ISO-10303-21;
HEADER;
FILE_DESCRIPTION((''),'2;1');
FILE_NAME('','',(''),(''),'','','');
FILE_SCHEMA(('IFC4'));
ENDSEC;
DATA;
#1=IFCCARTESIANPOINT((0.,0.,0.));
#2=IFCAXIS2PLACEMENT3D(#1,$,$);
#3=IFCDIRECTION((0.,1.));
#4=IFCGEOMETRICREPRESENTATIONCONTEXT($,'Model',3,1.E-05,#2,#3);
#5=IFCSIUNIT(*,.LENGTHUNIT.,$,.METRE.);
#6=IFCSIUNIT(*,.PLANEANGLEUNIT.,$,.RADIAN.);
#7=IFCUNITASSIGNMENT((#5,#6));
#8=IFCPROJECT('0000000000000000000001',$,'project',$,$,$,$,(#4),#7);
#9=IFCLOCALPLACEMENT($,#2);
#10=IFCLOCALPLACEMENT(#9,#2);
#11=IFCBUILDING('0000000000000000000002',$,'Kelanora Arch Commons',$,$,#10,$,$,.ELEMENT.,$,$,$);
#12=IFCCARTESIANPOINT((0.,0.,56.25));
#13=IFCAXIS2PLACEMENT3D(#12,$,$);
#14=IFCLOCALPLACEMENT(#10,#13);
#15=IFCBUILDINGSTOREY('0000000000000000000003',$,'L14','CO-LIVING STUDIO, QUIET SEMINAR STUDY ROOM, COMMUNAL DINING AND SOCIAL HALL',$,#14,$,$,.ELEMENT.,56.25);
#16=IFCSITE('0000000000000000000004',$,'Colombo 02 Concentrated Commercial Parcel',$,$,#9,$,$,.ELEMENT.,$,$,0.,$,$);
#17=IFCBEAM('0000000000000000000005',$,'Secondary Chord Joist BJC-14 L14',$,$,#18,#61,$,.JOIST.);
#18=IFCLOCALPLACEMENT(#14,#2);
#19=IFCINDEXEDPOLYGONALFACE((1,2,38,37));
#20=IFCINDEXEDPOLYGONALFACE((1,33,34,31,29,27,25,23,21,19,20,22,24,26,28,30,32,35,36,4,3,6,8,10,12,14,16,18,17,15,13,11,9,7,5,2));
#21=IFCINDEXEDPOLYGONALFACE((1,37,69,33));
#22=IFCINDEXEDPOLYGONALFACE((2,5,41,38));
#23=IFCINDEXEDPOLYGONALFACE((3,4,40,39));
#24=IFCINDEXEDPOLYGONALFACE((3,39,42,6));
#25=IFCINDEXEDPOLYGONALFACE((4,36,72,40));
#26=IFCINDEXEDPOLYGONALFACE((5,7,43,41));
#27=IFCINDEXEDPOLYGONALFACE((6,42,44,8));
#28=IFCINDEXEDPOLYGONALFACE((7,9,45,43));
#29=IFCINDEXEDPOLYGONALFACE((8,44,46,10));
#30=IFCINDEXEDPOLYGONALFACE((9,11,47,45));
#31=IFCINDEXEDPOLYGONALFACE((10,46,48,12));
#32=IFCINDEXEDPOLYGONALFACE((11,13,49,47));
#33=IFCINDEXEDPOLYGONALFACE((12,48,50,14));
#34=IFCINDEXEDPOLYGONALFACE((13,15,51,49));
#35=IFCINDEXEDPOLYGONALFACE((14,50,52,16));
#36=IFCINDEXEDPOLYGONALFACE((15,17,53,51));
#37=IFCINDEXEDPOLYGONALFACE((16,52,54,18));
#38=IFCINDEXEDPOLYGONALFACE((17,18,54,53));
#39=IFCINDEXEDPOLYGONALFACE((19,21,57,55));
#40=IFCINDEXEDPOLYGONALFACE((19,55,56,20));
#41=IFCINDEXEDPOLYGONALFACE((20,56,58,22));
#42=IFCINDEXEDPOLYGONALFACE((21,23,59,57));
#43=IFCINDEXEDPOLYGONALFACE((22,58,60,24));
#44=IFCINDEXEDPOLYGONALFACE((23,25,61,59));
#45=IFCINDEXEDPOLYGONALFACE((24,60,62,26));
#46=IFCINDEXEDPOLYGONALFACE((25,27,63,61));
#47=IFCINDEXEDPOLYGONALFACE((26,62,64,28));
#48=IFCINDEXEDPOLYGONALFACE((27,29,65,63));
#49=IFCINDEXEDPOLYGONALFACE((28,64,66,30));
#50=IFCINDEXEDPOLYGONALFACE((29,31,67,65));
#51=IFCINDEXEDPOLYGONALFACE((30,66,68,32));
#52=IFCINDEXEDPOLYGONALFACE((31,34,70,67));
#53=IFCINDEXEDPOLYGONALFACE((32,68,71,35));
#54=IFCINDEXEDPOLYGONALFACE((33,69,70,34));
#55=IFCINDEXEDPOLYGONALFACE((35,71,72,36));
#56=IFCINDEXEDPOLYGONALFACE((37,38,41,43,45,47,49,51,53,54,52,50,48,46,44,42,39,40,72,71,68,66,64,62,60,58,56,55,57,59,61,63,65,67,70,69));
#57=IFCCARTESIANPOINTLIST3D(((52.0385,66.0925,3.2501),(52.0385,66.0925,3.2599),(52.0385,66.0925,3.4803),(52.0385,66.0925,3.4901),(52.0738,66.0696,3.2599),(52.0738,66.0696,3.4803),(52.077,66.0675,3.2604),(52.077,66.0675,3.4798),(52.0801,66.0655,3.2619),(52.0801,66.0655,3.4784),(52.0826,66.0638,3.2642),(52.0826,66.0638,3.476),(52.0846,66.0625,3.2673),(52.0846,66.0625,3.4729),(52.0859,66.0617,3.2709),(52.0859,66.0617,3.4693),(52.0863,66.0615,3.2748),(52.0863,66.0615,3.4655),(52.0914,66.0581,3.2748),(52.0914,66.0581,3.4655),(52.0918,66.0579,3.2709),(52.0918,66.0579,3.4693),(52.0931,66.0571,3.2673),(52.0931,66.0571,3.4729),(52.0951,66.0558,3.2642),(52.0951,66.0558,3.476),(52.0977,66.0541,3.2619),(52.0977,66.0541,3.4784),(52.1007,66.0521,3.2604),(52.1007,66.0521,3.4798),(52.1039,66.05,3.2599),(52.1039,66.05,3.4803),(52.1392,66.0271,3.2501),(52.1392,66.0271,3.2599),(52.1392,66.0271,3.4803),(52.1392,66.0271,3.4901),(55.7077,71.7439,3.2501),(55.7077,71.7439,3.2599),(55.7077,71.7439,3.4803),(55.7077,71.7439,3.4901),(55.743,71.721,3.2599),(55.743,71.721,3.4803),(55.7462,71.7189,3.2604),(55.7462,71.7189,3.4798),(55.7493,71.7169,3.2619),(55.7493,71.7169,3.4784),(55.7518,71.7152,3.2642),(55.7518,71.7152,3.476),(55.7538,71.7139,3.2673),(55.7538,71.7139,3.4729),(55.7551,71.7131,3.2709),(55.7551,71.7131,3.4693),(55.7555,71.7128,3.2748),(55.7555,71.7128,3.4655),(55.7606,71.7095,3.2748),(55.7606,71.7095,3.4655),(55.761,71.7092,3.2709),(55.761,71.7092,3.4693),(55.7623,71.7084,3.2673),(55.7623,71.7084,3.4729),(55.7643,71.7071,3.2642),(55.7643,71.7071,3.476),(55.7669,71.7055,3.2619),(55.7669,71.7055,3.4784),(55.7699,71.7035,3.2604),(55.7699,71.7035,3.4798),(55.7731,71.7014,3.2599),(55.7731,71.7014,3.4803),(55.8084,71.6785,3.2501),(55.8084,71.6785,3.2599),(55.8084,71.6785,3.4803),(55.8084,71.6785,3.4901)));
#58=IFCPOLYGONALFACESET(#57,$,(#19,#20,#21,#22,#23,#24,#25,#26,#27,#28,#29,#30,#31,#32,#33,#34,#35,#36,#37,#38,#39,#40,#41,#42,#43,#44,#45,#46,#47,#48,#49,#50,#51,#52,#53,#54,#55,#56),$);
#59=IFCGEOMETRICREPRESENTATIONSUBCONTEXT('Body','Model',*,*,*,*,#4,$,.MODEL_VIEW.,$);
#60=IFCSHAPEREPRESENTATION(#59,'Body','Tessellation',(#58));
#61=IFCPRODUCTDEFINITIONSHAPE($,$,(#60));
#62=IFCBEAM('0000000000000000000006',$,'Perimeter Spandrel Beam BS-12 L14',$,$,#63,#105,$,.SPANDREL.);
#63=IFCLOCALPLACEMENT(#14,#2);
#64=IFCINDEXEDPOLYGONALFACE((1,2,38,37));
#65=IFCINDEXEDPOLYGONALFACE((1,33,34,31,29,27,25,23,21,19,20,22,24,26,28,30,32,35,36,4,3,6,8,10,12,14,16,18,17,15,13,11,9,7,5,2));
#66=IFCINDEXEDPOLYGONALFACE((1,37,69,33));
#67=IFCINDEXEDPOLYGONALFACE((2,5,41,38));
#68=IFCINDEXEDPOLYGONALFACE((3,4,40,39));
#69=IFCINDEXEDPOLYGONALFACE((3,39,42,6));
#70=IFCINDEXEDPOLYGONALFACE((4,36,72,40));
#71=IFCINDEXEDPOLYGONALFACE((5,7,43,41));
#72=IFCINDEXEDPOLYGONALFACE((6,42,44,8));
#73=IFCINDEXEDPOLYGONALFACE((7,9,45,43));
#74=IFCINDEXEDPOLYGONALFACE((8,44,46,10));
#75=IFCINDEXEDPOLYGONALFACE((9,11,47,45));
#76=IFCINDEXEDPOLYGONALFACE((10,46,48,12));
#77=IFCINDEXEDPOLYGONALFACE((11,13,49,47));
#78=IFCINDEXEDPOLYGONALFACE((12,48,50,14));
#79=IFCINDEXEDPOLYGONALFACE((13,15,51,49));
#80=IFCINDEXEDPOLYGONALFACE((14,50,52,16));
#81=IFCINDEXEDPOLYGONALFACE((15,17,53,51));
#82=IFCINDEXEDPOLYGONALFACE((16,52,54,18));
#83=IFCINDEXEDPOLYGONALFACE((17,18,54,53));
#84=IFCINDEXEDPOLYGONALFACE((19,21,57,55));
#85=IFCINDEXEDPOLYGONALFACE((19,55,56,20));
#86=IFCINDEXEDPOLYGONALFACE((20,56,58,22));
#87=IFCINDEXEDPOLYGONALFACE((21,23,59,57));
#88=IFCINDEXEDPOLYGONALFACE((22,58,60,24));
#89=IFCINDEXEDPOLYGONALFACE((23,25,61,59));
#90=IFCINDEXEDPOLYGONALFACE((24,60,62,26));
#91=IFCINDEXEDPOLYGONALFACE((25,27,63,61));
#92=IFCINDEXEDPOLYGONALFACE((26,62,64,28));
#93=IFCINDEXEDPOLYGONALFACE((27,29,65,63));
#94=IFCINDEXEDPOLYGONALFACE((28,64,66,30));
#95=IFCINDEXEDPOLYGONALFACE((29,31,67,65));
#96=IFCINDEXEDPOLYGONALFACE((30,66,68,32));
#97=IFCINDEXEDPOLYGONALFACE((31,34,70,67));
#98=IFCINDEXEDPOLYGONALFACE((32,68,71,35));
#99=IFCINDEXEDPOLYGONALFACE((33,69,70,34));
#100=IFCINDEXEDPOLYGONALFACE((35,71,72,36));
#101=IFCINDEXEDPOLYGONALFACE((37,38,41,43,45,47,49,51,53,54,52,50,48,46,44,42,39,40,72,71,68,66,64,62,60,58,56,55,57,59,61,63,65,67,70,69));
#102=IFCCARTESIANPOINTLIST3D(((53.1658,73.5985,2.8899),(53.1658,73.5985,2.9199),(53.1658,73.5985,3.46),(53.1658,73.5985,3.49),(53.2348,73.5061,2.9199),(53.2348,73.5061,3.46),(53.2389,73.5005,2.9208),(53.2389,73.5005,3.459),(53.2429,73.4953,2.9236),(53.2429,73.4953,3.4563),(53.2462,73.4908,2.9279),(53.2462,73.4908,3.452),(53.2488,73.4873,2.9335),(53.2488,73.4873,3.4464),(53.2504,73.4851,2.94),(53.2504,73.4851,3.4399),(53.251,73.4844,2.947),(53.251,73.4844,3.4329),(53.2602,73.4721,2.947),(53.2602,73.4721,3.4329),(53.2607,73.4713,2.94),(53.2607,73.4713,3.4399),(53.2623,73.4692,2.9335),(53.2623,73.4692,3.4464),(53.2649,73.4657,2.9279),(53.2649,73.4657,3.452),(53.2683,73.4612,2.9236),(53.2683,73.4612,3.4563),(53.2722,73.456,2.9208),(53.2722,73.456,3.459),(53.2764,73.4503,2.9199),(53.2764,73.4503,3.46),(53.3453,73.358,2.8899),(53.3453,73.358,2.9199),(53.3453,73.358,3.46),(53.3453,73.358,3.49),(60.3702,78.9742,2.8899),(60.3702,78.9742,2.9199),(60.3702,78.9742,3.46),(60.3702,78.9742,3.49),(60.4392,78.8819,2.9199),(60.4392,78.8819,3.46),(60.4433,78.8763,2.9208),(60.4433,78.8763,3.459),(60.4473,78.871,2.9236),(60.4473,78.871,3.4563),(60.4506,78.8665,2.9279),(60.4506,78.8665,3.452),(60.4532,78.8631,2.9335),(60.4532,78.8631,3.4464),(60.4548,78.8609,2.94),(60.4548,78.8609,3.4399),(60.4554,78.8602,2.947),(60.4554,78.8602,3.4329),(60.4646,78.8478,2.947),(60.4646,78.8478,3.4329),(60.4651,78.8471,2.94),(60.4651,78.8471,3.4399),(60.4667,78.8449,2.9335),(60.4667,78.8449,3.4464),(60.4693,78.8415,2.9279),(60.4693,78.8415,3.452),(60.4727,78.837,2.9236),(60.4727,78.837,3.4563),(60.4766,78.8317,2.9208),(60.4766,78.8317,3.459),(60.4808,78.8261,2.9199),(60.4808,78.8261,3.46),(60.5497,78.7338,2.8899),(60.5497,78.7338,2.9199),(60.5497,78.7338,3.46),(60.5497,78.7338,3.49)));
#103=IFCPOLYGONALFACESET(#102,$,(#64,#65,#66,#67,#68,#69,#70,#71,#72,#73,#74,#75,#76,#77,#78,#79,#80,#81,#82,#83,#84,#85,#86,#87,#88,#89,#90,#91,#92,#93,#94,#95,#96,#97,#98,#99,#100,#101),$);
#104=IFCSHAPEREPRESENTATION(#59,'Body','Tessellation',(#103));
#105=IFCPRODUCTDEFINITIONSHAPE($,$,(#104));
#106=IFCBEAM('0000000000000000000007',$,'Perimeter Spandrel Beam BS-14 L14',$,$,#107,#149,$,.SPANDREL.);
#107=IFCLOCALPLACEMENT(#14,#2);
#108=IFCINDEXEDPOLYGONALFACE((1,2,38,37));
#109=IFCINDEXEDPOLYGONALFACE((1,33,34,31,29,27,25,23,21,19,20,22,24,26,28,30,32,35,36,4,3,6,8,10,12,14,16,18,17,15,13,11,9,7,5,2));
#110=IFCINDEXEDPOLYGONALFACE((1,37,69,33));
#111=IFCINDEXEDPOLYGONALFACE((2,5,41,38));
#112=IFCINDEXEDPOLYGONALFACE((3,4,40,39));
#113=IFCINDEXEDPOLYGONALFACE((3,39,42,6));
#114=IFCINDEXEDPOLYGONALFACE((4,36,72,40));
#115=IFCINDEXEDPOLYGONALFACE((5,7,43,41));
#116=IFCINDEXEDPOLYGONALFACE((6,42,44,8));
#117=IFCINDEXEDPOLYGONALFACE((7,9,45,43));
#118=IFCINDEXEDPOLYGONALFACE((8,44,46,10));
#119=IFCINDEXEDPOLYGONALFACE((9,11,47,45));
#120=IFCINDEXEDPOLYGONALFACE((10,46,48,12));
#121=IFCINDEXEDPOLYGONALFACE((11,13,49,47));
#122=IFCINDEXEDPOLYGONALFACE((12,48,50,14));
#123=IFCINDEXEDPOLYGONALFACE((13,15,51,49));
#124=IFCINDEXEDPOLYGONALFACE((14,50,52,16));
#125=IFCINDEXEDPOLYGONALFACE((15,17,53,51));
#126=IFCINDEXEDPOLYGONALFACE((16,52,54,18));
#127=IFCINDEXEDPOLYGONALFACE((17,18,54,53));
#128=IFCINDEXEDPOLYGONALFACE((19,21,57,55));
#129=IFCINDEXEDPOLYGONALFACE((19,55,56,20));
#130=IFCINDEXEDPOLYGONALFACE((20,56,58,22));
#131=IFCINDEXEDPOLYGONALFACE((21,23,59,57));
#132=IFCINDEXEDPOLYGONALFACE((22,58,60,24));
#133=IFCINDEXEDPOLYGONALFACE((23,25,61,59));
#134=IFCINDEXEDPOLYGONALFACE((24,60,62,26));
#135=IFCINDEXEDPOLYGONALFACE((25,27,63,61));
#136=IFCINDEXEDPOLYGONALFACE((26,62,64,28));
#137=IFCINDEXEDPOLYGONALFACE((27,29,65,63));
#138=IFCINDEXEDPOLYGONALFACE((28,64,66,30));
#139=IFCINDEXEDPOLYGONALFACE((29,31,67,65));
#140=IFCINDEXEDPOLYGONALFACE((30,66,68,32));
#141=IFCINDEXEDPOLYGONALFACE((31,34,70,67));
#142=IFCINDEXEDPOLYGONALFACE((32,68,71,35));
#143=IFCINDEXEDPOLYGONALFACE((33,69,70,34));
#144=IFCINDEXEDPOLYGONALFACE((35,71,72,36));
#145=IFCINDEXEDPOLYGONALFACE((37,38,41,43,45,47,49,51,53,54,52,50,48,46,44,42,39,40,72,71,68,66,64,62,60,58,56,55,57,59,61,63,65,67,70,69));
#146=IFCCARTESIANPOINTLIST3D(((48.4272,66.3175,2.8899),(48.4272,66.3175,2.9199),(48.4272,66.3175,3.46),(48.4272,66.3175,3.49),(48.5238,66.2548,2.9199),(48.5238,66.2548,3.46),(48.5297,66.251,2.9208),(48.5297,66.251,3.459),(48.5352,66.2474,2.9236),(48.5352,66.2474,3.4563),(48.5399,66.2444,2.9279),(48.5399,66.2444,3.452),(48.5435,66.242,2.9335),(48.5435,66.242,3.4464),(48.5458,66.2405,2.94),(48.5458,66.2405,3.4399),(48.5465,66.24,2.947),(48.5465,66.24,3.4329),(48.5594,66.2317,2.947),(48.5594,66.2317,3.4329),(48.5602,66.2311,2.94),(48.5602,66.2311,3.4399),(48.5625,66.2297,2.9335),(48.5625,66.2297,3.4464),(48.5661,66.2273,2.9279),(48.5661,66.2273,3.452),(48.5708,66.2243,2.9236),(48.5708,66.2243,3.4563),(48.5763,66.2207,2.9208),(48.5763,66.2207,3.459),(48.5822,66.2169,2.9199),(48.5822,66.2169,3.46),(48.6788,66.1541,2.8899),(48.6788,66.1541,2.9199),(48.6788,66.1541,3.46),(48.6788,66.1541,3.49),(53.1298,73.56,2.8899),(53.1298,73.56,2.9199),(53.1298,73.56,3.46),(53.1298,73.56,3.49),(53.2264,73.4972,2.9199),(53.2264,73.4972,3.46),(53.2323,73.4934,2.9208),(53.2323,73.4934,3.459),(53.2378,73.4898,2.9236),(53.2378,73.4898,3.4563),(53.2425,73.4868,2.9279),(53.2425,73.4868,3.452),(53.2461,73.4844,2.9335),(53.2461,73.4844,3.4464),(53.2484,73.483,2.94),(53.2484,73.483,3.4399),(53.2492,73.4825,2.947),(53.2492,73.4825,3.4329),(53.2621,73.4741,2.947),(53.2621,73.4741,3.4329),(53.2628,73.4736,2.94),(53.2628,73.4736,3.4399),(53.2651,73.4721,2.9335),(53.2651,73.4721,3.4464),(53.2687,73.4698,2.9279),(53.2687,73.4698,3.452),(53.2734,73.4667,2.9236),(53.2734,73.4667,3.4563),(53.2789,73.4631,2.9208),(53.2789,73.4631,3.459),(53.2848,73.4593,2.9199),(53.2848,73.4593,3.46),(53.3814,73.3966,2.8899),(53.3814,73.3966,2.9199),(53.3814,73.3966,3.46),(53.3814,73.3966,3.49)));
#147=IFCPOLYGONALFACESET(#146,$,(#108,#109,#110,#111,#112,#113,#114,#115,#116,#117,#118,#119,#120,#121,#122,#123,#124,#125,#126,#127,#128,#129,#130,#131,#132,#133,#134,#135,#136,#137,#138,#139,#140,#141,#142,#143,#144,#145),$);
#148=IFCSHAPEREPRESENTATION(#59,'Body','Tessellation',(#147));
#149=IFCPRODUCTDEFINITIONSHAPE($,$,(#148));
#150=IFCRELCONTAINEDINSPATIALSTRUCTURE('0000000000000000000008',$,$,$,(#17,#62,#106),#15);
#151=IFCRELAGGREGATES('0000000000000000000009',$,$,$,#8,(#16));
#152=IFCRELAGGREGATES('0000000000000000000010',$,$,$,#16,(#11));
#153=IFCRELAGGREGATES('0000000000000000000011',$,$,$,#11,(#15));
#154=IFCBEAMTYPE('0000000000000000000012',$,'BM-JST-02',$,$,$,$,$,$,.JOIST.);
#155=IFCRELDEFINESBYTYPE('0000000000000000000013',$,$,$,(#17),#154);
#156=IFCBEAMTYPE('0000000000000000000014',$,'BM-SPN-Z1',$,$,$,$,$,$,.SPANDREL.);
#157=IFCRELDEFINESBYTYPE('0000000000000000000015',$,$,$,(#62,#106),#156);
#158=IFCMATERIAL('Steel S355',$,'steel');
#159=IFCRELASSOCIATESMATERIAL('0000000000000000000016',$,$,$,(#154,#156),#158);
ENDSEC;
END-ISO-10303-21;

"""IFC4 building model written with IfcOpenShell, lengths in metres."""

from ifc_helpers import new_model, si_unit, direction, frame, origin, origin_2d, place, context, subcontext, project, spatial, i_section, extrude, material, material_profile, profile_set, type_object, element, save


model = new_model("IFC4")

# Units and contexts
model_context = context("Model", 3, precision=1e-05, world=origin(), true_north=direction((0.0, 1.0)))
body_context = subcontext(model_context, "Body", "Model", "MODEL_VIEW")
ifc_project = project(units=[si_unit("LENGTHUNIT", "METRE"), si_unit("PLANEANGLEUNIT", "RADIAN")], contexts=[model_context])

# Site, building, storey
site_placement = place(None, origin())
site = spatial("IfcSite", under=ifc_project, at=site_placement, Name="Colombo 02 Concentrated Commercial Parcel", CompositionType="ELEMENT", RefElevation=0.0)
building_placement = place(site_placement, origin())
building = spatial("IfcBuilding", under=site, at=building_placement, Name="Kelanora Arch Commons", CompositionType="ELEMENT")
storey_placement = place(building_placement, frame((0.0, 0.0, 56.25)))
storey = spatial("IfcBuildingStorey", under=building, at=storey_placement, Name="L14", Description="CO-LIVING STUDIO, QUIET SEMINAR STUDY ROOM, COMMUNAL DINING AND SOCIAL HALL", CompositionType="ELEMENT", Elevation=56.25)

# Beams
ifc_material_1 = material(Name="Steel S355", Category="steel")
ifc_material_profile_1 = material_profile(ifc_material_1, i_section(OverallWidth=0.1201, OverallDepth=0.24, WebThickness=0.0061, FlangeThickness=0.0098, FilletRadius=0.0149, at=origin_2d()), Name="IPE240")
ifc_profile_set_1 = profile_set([ifc_material_profile_1], Name="Steel S355")
beam_type_1 = type_object("IfcBeamType", Name="BM-JST-02", PredefinedType="JOIST", material=ifc_profile_set_1)
beam_1_placement = place(storey_placement, frame((55.7581, 71.7112, 3.3701), z_axis=(-0.54455, -0.838728, 0.0), x_axis=(0.838728, -0.54455, 0.0)))
element("IfcBeam", 1, at=beam_1_placement, inside=storey, type_object=beam_type_1, Name="Secondary Chord Joist BJC-14 L14", PredefinedType="JOIST", context=body_context, shape_type="SweptSolid", body=[
    extrude(i_section(OverallWidth=0.1201, OverallDepth=0.24, WebThickness=0.0061, FlangeThickness=0.0098, FilletRadius=0.0149, at=origin_2d()), origin(), (0.0, 0.0, 1.0), 6.738),
])
ifc_material_profile_2 = material_profile(ifc_material_1, i_section(OverallWidth=0.3, OverallDepth=0.6001, WebThickness=0.0154, FlangeThickness=0.03, FilletRadius=0.0271, at=origin_2d()), Name="HEB600")
ifc_profile_set_2 = profile_set([ifc_material_profile_2], Name="Steel S355")
beam_type_2 = type_object("IfcBeamType", Name="BM-SPN-Z1", PredefinedType="SPANDREL", material=ifc_profile_set_2)
beam_2_placement = place(storey_placement, frame((60.46, 78.854, 3.1899), z_axis=(-0.801468, -0.598038, 0.0), x_axis=(0.598038, -0.801468, 0.0)))
element("IfcBeam", 2, at=beam_2_placement, inside=storey, type_object=beam_type_2, Name="Perimeter Spandrel Beam BS-12 L14", PredefinedType="SPANDREL", context=body_context, shape_type="SweptSolid", body=[
    extrude(i_section(OverallWidth=0.3, OverallDepth=0.6001, WebThickness=0.0154, FlangeThickness=0.03, FilletRadius=0.0271, at=origin_2d()), origin(), (0.0, 0.0, 1.0), 8.989),
])
beam_3_placement = place(storey_placement, frame((53.2556, 73.4783, 3.1899), z_axis=(-0.544586, -0.838705, 0.0), x_axis=(0.838705, -0.544586, 0.0)))
element("IfcBeam", 3, at=beam_3_placement, inside=storey, type_object=beam_type_2, Name="Perimeter Spandrel Beam BS-14 L14", PredefinedType="SPANDREL", context=body_context, shape_type="SweptSolid", body=[
    extrude(i_section(OverallWidth=0.3, OverallDepth=0.6001, WebThickness=0.0154, FlangeThickness=0.03, FilletRadius=0.0271, at=origin_2d()), origin(), (0.0, 0.0, 1.0), 8.6353),
])

save(model, "model.ifc")
